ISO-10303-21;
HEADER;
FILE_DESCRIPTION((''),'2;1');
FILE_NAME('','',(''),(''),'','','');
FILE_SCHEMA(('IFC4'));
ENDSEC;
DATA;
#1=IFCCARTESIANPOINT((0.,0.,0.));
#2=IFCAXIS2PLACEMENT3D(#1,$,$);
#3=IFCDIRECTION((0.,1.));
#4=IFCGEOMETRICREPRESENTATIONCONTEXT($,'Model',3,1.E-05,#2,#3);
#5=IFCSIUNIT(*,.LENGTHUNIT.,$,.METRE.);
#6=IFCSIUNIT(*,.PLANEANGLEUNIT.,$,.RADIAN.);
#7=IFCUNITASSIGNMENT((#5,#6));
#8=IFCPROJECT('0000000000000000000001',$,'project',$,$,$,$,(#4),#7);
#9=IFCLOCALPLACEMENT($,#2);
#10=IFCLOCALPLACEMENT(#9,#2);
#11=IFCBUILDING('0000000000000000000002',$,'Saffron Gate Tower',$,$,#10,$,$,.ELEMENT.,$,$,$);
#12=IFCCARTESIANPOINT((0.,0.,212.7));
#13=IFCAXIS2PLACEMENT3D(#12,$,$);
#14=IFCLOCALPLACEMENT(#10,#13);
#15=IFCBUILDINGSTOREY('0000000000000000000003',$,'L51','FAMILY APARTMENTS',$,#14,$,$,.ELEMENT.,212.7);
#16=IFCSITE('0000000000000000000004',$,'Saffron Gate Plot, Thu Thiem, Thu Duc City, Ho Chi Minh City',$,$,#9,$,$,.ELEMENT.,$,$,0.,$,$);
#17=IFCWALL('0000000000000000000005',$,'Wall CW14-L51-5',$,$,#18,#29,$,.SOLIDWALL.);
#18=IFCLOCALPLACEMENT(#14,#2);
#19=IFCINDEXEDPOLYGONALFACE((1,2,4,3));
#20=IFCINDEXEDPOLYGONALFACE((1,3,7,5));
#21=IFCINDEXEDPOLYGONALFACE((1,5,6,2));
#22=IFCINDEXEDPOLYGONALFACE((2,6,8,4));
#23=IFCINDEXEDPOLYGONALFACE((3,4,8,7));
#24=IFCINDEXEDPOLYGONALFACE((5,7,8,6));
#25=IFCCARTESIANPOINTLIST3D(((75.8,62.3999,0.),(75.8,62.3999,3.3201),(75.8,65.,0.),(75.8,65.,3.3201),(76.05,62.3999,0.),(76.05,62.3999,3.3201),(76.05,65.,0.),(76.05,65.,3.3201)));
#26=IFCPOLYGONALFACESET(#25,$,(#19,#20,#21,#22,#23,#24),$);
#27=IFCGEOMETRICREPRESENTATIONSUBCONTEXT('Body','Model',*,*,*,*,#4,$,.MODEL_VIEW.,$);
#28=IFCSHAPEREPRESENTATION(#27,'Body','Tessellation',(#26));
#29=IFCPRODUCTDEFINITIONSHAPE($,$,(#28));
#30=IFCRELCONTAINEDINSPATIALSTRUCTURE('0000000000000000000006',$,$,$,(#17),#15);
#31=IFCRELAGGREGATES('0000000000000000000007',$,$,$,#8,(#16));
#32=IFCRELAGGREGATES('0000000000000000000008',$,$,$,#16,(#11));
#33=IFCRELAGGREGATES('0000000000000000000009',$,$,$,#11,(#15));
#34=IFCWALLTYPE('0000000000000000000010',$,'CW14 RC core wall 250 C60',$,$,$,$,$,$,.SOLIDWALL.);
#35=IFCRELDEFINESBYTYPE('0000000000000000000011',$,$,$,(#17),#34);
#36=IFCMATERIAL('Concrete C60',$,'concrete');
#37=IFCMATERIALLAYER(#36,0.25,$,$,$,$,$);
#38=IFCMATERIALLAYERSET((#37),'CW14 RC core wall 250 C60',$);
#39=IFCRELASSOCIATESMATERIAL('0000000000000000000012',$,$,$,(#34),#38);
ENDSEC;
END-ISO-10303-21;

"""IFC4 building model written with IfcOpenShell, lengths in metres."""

from ifc_helpers import new_model, si_unit, direction, frame, frame_2d, origin, place, context, subcontext, project, spatial, rectangle, extrude, material, layer, layer_set, type_object, element, save


model = new_model("IFC4")

# Units and contexts
model_context = context("Model", 3, precision=1e-05, world=origin(), true_north=direction((0.0, 1.0)))
body_context = subcontext(model_context, "Body", "Model", "MODEL_VIEW")
ifc_project = project(units=[si_unit("LENGTHUNIT", "METRE"), si_unit("PLANEANGLEUNIT", "RADIAN")], contexts=[model_context])

# Site, building, storey
site_placement = place(None, origin())
site = spatial("IfcSite", under=ifc_project, at=site_placement, Name="Saffron Gate Plot, Thu Thiem, Thu Duc City, Ho Chi Minh City", CompositionType="ELEMENT", RefElevation=0.0)
building_placement = place(site_placement, origin())
building = spatial("IfcBuilding", under=site, at=building_placement, Name="Saffron Gate Tower", CompositionType="ELEMENT")
storey_placement = place(building_placement, frame((0.0, 0.0, 212.7)))
storey = spatial("IfcBuildingStorey", under=building, at=storey_placement, Name="L51", Description="FAMILY APARTMENTS", CompositionType="ELEMENT", Elevation=212.7)

# Wall
ifc_material_1 = material(Name="Concrete C60", Category="concrete")
ifc_layer_1 = layer(ifc_material_1, 0.25)
ifc_layer_set_1 = layer_set([ifc_layer_1], Name="CW14 RC core wall 250 C60")
wall_type_1 = type_object("IfcWallType", Name="CW14 RC core wall 250 C60", PredefinedType="SOLIDWALL", material=ifc_layer_set_1)
wall_1_placement = place(storey_placement, frame((75.925, 62.3999, 0.0), z_axis=(0.0, 0.0, 1.0), x_axis=(0.0, 1.0, 0.0)))
element("IfcWall", 1, at=wall_1_placement, inside=storey, type_object=wall_type_1, Name="Wall CW14-L51-5", PredefinedType="SOLIDWALL", context=body_context, shape_type="SweptSolid", body=[
    extrude(rectangle(XDim=2.6001, YDim=0.25, at=frame_2d((1.3, 0.0))), origin(), (0.0, 0.0, 1.0), 3.3201),
])

save(model, "model.ifc")
